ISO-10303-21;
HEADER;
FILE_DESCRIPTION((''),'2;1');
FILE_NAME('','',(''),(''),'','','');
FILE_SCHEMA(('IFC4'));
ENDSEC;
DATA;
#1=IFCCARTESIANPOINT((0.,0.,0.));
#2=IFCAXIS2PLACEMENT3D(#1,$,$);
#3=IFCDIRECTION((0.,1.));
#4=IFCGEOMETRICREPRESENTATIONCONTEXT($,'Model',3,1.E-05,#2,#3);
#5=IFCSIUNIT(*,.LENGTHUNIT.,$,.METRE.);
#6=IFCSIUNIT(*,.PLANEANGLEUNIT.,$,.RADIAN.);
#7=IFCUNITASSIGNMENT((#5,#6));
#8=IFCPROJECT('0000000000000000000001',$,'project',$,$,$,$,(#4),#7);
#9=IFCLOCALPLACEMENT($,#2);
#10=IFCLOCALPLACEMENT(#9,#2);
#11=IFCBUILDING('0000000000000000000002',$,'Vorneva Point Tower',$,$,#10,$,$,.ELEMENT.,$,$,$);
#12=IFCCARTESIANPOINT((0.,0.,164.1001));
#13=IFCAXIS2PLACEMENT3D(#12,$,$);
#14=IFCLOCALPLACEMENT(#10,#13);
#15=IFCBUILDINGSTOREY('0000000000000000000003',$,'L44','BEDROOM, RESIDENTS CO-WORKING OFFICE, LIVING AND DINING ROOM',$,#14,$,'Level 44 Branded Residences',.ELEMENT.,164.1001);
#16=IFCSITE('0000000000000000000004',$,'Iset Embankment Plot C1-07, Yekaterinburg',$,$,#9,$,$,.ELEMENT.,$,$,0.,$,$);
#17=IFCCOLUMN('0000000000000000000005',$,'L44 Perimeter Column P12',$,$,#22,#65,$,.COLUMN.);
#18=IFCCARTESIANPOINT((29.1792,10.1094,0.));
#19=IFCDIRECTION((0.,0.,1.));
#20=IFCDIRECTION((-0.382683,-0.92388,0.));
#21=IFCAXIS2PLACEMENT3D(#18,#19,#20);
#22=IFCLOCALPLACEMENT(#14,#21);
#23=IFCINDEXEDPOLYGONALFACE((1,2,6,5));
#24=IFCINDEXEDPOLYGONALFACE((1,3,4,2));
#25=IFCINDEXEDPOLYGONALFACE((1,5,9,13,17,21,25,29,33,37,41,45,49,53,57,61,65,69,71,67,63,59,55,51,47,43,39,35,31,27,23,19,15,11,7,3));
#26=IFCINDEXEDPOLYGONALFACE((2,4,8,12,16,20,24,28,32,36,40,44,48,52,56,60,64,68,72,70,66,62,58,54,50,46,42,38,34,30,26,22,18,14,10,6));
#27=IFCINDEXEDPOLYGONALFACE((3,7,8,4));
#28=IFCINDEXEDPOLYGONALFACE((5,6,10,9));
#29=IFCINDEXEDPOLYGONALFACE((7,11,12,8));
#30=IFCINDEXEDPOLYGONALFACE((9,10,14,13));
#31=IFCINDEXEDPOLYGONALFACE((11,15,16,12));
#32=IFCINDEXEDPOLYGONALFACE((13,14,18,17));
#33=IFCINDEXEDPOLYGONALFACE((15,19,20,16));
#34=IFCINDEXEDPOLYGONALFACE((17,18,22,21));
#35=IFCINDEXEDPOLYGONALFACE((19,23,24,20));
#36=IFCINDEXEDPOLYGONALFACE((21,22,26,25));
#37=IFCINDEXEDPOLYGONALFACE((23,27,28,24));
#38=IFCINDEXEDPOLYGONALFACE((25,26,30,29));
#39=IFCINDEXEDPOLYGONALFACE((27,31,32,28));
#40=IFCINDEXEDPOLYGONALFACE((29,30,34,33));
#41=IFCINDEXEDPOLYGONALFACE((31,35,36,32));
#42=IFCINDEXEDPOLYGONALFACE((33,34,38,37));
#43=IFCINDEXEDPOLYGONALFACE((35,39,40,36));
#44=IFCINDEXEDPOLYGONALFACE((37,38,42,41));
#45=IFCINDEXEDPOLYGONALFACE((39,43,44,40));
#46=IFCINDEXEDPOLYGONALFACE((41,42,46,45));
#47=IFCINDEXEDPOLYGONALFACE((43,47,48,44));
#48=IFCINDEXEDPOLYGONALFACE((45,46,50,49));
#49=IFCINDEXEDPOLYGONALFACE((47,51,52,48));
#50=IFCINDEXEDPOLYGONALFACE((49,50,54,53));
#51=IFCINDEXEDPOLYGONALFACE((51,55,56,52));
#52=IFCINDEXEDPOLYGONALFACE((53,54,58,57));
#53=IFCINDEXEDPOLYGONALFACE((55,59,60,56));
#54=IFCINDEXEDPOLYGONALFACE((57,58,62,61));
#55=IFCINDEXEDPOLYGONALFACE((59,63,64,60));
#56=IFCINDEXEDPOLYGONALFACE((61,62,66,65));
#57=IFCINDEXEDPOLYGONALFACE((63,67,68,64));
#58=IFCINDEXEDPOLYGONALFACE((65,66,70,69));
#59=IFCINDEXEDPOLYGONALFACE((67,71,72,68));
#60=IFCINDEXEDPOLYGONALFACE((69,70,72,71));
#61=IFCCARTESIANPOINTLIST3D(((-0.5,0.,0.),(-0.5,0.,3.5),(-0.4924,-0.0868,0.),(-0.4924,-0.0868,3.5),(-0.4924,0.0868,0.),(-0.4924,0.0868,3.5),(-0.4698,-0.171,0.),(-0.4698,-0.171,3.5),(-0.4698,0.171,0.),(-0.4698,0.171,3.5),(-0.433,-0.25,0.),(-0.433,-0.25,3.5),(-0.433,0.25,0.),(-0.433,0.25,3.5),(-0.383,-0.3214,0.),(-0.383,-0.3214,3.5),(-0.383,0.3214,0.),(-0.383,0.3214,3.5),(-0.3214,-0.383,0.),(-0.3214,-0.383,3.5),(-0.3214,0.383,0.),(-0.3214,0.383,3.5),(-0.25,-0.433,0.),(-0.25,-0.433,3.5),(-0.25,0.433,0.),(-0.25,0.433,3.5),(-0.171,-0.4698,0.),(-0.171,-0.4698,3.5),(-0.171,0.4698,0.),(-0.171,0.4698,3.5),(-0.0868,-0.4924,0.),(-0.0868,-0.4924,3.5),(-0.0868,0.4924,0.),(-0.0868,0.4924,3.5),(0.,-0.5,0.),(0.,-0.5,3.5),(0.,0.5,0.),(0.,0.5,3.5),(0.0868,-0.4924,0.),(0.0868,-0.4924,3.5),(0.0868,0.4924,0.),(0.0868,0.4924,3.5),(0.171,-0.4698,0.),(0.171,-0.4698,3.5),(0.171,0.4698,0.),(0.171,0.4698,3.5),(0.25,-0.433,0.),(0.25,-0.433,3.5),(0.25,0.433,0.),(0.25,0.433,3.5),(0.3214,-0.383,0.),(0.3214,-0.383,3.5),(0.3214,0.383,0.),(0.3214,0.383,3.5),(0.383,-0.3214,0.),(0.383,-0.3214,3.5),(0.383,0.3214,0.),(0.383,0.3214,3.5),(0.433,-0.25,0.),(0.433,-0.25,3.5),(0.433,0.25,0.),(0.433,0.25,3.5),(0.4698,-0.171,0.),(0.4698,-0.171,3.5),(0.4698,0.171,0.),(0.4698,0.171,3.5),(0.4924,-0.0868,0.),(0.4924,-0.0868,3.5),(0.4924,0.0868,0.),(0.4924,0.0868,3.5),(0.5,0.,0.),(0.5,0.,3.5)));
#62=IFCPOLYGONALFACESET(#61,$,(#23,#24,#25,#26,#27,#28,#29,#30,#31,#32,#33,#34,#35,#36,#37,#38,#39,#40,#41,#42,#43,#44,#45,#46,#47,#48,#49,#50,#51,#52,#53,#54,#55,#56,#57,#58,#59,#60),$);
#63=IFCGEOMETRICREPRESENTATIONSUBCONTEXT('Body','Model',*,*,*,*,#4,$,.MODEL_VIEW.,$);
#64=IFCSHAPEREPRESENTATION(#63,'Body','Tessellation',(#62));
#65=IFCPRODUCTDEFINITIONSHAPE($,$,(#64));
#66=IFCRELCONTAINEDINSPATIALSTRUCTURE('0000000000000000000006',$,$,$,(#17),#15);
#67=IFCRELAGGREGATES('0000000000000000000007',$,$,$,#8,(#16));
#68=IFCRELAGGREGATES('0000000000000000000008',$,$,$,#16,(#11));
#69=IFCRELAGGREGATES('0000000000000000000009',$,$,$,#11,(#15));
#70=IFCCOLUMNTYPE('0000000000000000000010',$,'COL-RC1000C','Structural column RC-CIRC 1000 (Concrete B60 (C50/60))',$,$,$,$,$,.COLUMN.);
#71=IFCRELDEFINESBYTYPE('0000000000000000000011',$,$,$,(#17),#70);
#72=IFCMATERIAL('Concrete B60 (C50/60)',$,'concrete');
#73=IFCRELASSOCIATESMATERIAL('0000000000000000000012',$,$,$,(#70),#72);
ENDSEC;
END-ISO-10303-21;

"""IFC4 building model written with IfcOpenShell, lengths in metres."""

from ifc_helpers import new_model, si_unit, direction, frame, origin, origin_2d, place, context, subcontext, project, spatial, circle, extrude, material, material_profile, profile_set, type_object, element, save


model = new_model("IFC4")

# Units and contexts
model_context = context("Model", 3, precision=1e-05, world=origin(), true_north=direction((0.0, 1.0)))
body_context = subcontext(model_context, "Body", "Model", "MODEL_VIEW")
ifc_project = project(units=[si_unit("LENGTHUNIT", "METRE"), si_unit("PLANEANGLEUNIT", "RADIAN")], contexts=[model_context])

# Site, building, storey
site_placement = place(None, origin())
site = spatial("IfcSite", under=ifc_project, at=site_placement, Name="Iset Embankment Plot C1-07, Yekaterinburg", CompositionType="ELEMENT", RefElevation=0.0)
building_placement = place(site_placement, origin())
building = spatial("IfcBuilding", under=site, at=building_placement, Name="Vorneva Point Tower", CompositionType="ELEMENT")
storey_placement = place(building_placement, frame((0.0, 0.0, 164.1001)))
storey = spatial("IfcBuildingStorey", under=building, at=storey_placement, Name="L44", Description="BEDROOM, RESIDENTS CO-WORKING OFFICE, LIVING AND DINING ROOM", LongName="Level 44 Branded Residences", CompositionType="ELEMENT", Elevation=164.1001)

# Column
ifc_material_1 = material(Name="Concrete B60 (C50/60)", Category="concrete")
ifc_material_profile_1 = material_profile(ifc_material_1, circle(Radius=0.5, at=origin_2d()), Name="RC-CIRC 1000")
ifc_profile_set_1 = profile_set([ifc_material_profile_1], Name="Concrete B60 (C50/60)")
column_type_1 = type_object("IfcColumnType", Name="COL-RC1000C", Description="Structural column RC-CIRC 1000 (Concrete B60 (C50/60))", PredefinedType="COLUMN", material=ifc_profile_set_1)
column_1_placement = place(storey_placement, frame((29.1792, 10.1094, 0.0), z_axis=(0.0, 0.0, 1.0), x_axis=(-0.382683, -0.92388, 0.0)))
element("IfcColumn", 1, at=column_1_placement, inside=storey, type_object=column_type_1, Name="L44 Perimeter Column P12", PredefinedType="COLUMN", context=body_context, shape_type="SweptSolid", body=[
    extrude(circle(Radius=0.5, at=origin_2d()), origin(), (0.0, 0.0, 1.0), 3.5),
])

save(model, "model.ifc")
